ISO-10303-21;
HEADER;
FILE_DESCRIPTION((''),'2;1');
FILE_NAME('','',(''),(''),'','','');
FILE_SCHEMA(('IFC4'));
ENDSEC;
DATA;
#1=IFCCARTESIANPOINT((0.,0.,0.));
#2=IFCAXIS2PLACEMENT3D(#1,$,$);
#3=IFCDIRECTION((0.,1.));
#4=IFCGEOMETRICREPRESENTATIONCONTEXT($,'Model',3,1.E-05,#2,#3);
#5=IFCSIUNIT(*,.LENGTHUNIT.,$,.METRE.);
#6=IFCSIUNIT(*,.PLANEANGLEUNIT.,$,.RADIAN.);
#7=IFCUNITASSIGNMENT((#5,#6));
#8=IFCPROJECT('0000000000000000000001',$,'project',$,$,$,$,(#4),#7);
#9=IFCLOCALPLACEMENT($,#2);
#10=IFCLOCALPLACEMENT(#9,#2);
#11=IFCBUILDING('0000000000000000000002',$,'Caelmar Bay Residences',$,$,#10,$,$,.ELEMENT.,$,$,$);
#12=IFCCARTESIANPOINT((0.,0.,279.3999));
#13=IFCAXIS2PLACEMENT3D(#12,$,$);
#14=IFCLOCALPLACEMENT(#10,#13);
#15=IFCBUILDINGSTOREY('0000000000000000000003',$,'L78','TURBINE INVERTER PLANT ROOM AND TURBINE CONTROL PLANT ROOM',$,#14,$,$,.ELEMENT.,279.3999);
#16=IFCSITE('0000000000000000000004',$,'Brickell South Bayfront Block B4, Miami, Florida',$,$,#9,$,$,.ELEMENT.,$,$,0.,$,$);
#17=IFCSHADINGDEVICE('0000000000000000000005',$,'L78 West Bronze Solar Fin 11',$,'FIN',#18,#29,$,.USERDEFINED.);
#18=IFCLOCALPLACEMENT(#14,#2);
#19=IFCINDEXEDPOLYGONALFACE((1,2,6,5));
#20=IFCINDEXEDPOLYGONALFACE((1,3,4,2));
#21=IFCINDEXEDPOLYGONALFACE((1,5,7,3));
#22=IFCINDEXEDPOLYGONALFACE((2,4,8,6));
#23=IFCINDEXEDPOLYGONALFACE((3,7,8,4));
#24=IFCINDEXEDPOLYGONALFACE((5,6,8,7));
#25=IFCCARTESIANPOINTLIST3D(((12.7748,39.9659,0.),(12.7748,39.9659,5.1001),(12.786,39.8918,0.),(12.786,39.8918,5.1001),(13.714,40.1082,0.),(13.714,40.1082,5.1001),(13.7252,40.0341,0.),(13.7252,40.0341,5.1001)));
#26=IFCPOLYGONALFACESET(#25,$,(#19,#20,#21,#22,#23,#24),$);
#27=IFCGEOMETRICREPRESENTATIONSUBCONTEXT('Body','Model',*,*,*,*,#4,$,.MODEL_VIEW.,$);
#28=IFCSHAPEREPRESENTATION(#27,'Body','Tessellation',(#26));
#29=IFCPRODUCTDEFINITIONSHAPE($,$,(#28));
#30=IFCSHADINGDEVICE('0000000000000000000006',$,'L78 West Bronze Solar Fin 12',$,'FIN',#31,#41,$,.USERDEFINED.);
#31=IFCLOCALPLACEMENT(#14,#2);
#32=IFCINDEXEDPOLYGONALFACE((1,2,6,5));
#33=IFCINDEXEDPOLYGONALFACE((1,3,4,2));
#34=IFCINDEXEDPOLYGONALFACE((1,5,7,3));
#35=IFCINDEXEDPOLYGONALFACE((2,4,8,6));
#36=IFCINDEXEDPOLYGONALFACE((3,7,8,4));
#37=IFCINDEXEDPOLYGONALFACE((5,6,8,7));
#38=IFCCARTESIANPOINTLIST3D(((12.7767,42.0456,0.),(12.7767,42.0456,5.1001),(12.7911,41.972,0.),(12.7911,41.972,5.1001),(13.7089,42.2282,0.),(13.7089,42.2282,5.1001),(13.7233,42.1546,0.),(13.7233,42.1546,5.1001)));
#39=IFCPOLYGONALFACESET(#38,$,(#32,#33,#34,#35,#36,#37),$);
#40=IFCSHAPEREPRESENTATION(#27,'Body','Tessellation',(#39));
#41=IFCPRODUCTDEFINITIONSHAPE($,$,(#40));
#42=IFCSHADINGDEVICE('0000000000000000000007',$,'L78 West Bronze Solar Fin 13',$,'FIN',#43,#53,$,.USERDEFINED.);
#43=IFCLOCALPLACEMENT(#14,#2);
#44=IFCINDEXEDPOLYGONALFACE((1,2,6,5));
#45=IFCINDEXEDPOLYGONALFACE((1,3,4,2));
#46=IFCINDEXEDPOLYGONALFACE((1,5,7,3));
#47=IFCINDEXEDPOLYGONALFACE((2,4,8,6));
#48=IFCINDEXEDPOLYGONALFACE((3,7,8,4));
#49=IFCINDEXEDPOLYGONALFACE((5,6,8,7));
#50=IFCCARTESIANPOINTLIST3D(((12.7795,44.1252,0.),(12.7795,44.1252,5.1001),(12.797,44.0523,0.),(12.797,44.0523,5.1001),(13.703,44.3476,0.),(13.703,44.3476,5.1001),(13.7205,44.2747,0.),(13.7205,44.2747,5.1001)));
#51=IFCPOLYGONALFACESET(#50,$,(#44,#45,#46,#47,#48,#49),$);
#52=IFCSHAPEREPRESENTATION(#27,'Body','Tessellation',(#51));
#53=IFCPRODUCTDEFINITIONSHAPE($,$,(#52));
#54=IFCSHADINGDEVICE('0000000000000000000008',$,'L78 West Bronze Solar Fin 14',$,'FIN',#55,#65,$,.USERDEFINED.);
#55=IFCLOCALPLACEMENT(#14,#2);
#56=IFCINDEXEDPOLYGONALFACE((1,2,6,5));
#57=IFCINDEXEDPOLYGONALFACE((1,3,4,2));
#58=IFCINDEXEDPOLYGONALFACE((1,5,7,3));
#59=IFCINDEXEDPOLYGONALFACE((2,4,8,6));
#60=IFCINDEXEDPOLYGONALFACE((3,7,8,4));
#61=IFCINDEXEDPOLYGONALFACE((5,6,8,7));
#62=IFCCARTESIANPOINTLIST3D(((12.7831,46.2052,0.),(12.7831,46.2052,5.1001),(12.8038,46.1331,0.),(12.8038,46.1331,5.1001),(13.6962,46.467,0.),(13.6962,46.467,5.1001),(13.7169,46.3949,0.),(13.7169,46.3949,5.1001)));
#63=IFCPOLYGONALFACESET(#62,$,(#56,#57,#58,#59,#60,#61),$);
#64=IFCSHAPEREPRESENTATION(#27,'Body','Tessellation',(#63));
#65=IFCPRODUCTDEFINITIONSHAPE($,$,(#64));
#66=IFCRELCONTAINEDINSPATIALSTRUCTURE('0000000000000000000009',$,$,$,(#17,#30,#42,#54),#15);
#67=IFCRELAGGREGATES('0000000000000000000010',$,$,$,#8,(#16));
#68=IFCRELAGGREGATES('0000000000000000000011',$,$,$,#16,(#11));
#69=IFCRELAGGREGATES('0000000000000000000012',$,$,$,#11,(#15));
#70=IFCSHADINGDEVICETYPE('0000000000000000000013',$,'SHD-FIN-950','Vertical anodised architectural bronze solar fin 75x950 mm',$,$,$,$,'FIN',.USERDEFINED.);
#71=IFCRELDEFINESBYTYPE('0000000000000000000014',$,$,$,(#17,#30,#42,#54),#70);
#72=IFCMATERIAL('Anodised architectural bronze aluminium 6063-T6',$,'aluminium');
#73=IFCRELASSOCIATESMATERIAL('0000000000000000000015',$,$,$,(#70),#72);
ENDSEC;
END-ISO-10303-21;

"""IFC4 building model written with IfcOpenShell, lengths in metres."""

from ifc_helpers import new_model, si_unit, direction, frame, origin, origin_2d, place, context, subcontext, project, spatial, rectangle, extrude, material, material_profile, profile_set, type_object, element, save


model = new_model("IFC4")

# Units and contexts
model_context = context("Model", 3, precision=1e-05, world=origin(), true_north=direction((0.0, 1.0)))
body_context = subcontext(model_context, "Body", "Model", "MODEL_VIEW")
ifc_project = project(units=[si_unit("LENGTHUNIT", "METRE"), si_unit("PLANEANGLEUNIT", "RADIAN")], contexts=[model_context])

# Site, building, storey
site_placement = place(None, origin())
site = spatial("IfcSite", under=ifc_project, at=site_placement, Name="Brickell South Bayfront Block B4, Miami, Florida", CompositionType="ELEMENT", RefElevation=0.0)
building_placement = place(site_placement, origin())
building = spatial("IfcBuilding", under=site, at=building_placement, Name="Caelmar Bay Residences", CompositionType="ELEMENT")
storey_placement = place(building_placement, frame((0.0, 0.0, 279.3999)))
storey = spatial("IfcBuildingStorey", under=building, at=storey_placement, Name="L78", Description="TURBINE INVERTER PLANT ROOM AND TURBINE CONTROL PLANT ROOM", CompositionType="ELEMENT", Elevation=279.3999)

# Shading devices
ifc_material_1 = material(Name="Anodised architectural bronze aluminium 6063-T6", Category="aluminium")
ifc_material_profile = material_profile(ifc_material_1, rectangle(XDim=0.075, YDim=0.95, at=origin_2d()), Name="BRONZE-FIN-75X950")
ifc_profile_set = profile_set([ifc_material_profile], Name="Anodised architectural bronze aluminium 6063-T6")
shading_device_type = type_object("IfcShadingDeviceType", Name="SHD-FIN-950", Description="Vertical anodised architectural bronze solar fin 75x950 mm", ElementType="FIN", PredefinedType="USERDEFINED", material=ifc_profile_set)
for number, where, z_axis, x_axis, name in (
    (1, (13.25, 40.0, 0.0), (0.0, 0.0, 1.0), (-0.14988, 0.988704, 0.0), "L78 West Bronze Solar Fin 11"),
    (2, (13.25, 42.1001, 0.0), (0.0, 0.0, 1.0), (-0.192179, 0.98136, 0.0), "L78 West Bronze Solar Fin 12"),
    (3, (13.25, 44.2, 0.0), (0.0, 0.0, 1.0), (-0.234124, 0.972207, 0.0), "L78 West Bronze Solar Fin 13"),
    (4, (13.25, 46.3, 0.0), (0.0, 0.0, 1.0), (-0.275637, 0.961262, 0.0), "L78 West Bronze Solar Fin 14"),
):
    element("IfcShadingDevice", number, at=place(storey_placement, frame(where, z_axis=z_axis, x_axis=x_axis)), inside=storey, type_object=shading_device_type, Name=name, ObjectType="FIN", PredefinedType="USERDEFINED", context=body_context, shape_type="SweptSolid", body=[
        extrude(rectangle(XDim=0.075, YDim=0.95, at=origin_2d()), origin(), (0.0, 0.0, 1.0), 5.1001),
    ])

save(model, "model.ifc")
